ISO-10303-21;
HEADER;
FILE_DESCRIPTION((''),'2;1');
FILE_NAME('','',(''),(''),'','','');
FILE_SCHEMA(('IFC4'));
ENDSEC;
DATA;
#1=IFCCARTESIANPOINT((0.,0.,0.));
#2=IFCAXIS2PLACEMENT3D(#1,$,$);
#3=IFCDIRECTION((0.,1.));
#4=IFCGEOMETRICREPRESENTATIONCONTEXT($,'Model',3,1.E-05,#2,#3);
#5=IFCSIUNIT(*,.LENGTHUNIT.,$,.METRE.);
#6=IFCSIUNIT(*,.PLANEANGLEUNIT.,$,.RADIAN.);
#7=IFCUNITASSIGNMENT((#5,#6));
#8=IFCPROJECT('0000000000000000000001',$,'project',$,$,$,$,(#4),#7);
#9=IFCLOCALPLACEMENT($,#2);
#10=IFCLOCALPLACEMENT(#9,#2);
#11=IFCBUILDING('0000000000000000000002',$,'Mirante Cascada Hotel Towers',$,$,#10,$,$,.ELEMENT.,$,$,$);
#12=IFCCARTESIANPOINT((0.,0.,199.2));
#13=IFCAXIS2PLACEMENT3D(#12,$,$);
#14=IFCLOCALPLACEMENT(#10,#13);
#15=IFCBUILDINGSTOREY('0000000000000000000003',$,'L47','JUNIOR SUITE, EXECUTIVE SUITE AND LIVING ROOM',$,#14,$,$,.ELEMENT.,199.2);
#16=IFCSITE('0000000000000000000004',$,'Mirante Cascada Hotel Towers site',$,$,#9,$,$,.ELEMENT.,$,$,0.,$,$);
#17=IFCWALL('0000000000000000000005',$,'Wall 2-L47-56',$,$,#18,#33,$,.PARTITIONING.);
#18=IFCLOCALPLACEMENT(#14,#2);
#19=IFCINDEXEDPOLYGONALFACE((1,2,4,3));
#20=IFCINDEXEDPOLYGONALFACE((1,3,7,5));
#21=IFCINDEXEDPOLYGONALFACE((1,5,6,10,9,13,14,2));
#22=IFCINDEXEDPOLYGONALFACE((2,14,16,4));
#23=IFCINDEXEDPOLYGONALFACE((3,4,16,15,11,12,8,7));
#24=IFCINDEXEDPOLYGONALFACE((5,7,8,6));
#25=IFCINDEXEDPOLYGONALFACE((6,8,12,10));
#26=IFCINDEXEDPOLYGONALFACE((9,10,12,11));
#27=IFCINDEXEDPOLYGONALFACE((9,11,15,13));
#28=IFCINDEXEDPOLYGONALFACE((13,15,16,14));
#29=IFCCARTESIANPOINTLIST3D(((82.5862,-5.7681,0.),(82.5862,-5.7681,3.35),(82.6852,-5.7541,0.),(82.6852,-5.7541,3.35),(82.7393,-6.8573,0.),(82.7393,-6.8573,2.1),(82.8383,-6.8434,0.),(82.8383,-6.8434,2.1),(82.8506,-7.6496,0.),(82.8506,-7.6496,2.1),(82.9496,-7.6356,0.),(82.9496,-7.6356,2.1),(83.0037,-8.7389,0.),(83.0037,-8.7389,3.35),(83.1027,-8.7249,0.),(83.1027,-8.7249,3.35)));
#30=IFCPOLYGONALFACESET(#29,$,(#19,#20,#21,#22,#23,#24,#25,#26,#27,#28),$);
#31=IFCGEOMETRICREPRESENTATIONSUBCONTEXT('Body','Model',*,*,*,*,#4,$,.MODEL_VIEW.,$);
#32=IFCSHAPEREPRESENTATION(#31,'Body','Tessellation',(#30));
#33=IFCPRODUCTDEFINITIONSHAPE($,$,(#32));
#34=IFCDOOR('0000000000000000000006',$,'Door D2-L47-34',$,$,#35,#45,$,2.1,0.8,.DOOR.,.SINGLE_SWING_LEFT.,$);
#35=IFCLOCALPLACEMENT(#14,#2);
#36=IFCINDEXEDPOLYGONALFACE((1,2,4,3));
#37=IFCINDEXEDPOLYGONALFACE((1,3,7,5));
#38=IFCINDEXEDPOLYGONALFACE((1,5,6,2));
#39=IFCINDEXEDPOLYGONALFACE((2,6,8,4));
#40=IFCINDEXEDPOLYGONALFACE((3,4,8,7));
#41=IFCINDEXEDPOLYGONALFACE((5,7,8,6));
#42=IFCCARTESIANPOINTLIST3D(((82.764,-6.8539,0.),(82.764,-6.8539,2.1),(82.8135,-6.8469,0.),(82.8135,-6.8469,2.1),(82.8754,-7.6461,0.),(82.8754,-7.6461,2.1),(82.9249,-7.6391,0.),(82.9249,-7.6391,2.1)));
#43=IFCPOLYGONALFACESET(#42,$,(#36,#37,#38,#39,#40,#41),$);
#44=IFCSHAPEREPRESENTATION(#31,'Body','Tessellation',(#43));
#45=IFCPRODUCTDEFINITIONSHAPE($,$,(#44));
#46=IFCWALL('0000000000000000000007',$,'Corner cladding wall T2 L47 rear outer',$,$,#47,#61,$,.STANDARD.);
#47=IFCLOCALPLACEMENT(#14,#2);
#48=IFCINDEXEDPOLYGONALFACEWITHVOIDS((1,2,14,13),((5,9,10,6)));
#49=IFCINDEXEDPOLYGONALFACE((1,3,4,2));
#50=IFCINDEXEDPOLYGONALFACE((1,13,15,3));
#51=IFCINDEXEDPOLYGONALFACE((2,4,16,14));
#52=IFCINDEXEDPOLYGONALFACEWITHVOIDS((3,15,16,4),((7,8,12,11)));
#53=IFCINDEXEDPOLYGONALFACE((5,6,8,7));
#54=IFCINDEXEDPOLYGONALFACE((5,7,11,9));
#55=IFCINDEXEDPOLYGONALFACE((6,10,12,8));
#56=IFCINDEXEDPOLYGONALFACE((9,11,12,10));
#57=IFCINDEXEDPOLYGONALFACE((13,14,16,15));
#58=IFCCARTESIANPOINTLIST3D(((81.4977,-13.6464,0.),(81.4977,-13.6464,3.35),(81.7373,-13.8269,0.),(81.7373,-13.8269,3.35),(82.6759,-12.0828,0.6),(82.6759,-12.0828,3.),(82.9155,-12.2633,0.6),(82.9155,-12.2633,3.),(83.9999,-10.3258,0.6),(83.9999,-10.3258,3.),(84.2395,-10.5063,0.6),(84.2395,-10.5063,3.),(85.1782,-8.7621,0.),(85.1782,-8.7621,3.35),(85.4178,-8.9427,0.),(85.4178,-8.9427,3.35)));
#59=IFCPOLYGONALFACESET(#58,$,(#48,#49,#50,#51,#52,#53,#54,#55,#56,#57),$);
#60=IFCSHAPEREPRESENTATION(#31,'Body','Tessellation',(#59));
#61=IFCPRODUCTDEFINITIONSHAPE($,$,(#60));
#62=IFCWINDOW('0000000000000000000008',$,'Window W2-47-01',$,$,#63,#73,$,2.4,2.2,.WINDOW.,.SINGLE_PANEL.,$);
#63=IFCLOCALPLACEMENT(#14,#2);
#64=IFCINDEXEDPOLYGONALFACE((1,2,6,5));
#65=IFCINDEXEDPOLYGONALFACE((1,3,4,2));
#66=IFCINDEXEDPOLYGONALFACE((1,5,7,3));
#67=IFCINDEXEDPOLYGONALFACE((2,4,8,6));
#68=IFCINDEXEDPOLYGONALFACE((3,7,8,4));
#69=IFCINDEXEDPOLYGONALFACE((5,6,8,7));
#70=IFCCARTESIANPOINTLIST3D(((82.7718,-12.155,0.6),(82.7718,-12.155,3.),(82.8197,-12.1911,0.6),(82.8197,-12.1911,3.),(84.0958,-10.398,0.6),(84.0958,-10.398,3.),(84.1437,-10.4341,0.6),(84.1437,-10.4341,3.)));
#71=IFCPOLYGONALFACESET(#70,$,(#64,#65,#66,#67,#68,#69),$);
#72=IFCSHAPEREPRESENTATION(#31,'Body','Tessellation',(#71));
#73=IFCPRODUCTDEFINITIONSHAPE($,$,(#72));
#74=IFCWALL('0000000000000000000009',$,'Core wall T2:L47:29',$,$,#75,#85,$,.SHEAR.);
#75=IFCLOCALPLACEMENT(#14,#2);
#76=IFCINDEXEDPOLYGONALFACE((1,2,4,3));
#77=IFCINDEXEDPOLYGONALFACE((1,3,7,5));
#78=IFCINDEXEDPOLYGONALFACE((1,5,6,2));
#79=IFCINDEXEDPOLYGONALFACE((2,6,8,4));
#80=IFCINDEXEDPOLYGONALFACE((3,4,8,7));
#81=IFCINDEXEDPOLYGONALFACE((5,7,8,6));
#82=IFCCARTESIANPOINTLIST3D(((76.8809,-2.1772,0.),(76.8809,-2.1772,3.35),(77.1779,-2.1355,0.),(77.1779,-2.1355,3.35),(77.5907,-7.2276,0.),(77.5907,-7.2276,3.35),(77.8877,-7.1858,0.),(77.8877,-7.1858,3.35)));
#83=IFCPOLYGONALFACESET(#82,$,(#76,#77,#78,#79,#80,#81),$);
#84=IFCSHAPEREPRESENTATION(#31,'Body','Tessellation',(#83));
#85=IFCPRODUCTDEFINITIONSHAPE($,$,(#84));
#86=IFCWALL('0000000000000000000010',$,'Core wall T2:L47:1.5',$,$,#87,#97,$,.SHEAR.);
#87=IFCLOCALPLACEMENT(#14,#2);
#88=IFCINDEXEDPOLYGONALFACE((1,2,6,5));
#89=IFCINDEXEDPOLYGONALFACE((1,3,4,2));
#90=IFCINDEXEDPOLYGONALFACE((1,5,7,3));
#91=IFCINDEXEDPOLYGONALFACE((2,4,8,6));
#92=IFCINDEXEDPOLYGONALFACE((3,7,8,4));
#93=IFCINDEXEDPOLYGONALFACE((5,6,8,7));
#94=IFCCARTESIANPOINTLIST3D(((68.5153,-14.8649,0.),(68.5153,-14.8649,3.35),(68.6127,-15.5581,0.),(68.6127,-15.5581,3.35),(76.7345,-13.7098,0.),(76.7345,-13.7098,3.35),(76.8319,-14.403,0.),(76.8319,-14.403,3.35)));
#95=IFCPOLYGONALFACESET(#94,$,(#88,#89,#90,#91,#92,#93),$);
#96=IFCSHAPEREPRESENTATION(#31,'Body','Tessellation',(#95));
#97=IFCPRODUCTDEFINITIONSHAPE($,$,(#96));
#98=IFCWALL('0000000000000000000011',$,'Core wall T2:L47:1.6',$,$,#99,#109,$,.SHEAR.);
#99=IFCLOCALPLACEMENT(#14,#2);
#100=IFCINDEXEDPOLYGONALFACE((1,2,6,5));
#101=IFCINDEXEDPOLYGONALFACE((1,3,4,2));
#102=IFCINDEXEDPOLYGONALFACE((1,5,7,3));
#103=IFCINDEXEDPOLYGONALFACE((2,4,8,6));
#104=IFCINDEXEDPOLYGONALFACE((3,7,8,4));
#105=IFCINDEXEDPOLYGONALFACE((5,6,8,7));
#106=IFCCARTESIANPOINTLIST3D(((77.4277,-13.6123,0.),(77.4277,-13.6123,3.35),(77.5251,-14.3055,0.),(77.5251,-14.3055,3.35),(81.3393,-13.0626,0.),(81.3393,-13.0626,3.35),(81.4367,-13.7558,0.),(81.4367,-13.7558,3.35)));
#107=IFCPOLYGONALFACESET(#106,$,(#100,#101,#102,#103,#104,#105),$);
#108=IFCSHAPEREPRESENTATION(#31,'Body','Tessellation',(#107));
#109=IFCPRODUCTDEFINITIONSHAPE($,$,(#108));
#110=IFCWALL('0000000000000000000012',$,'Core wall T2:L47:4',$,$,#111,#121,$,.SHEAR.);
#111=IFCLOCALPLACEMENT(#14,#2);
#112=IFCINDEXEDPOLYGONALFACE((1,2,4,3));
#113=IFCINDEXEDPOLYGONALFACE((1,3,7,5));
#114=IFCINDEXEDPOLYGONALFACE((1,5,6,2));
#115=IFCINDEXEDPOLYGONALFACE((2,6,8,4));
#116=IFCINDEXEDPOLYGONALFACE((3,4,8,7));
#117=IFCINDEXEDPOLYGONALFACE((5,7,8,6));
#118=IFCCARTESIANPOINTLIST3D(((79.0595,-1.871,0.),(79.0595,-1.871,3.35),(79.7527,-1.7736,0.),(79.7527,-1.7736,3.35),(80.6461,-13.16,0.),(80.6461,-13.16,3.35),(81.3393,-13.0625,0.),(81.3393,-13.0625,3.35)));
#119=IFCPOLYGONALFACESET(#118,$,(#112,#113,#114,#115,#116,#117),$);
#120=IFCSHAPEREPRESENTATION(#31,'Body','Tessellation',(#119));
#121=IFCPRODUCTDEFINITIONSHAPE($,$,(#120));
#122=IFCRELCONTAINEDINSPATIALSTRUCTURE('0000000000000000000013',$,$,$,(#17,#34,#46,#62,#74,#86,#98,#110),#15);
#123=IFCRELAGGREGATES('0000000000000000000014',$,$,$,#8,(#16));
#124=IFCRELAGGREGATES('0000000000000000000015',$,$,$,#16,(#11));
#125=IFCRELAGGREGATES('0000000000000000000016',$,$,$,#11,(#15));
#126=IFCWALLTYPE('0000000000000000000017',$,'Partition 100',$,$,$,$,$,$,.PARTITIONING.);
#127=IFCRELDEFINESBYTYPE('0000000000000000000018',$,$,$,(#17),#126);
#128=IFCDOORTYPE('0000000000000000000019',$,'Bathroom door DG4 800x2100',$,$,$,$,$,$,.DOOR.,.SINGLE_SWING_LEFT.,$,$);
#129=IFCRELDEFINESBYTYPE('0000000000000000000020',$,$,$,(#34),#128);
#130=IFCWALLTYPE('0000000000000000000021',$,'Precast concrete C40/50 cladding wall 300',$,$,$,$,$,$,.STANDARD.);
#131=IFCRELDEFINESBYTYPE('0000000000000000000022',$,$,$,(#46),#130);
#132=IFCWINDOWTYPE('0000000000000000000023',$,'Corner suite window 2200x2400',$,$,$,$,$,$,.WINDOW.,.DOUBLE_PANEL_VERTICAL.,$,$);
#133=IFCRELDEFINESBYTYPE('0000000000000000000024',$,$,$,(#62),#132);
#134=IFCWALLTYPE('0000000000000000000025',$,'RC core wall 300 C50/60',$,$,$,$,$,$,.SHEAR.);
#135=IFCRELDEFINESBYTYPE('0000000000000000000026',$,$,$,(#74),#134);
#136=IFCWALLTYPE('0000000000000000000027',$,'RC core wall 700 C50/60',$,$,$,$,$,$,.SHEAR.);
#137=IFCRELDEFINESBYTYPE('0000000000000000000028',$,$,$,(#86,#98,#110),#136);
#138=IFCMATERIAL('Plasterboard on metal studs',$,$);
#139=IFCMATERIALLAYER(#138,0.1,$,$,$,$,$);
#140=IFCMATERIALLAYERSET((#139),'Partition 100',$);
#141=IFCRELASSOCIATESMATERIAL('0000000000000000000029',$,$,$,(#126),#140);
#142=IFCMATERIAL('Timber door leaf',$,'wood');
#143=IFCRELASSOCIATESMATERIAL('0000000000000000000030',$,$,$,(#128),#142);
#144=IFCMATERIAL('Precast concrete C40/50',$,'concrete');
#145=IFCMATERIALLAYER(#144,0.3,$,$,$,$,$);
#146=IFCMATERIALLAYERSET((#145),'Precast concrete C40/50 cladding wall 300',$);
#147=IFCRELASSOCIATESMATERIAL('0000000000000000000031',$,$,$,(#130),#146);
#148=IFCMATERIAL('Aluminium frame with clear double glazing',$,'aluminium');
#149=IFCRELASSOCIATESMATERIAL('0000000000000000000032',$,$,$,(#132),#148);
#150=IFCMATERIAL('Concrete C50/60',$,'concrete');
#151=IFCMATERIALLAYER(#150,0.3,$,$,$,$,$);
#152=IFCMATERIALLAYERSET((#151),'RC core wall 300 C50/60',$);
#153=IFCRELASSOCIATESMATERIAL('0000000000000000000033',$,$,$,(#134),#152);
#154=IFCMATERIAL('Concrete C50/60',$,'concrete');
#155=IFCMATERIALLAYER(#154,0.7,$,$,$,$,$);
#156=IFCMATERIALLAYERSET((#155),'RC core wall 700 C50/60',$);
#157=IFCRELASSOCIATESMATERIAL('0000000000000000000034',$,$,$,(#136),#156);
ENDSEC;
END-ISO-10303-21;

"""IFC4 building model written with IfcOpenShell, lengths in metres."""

from ifc_helpers import new_model, si_unit, direction, frame, frame_2d, origin, place, context, subcontext, project, spatial, rectangle, extrude, material, layer, layer_set, type_object, element, fill, save


model = new_model("IFC4")

# Units and contexts
model_context = context("Model", 3, precision=1e-05, world=origin(), true_north=direction((0.0, 1.0)))
body_context = subcontext(model_context, "Body", "Model", "MODEL_VIEW")
ifc_project = project(units=[si_unit("LENGTHUNIT", "METRE"), si_unit("PLANEANGLEUNIT", "RADIAN")], contexts=[model_context])

# Site, building, storey
site_placement = place(None, origin())
site = spatial("IfcSite", under=ifc_project, at=site_placement, Name="Mirante Cascada Hotel Towers site", CompositionType="ELEMENT", RefElevation=0.0)
building_placement = place(site_placement, origin())
building = spatial("IfcBuilding", under=site, at=building_placement, Name="Mirante Cascada Hotel Towers", CompositionType="ELEMENT")
storey_placement = place(building_placement, frame((0.0, 0.0, 199.2)))
storey = spatial("IfcBuildingStorey", under=building, at=storey_placement, Name="L47", Description="JUNIOR SUITE, EXECUTIVE SUITE AND LIVING ROOM", CompositionType="ELEMENT", Elevation=199.2)

# Shared definitions
ifc_material_1 = material(Name="Plasterboard on metal studs")
ifc_layer_1 = layer(ifc_material_1, 0.1)
ifc_layer_set_1 = layer_set([ifc_layer_1], Name="Partition 100")
wall_type_1 = type_object("IfcWallType", Name="Partition 100", PredefinedType="PARTITIONING", material=ifc_layer_set_1)

# Wall, opening, door
ifc_material_2 = material(Name="Timber door leaf", Category="wood")
door_type_1 = type_object("IfcDoorType", Name="Bathroom door DG4 800x2100", OperationType="SINGLE_SWING_LEFT", PredefinedType="DOOR", material=ifc_material_2)
wall_1_placement = place(storey_placement, frame((83.0532, -8.7319, 0.0), z_axis=(0.0, 0.0, 1.0), x_axis=(-0.139167, 0.990269, 0.0)))
wall_1 = element("IfcWall", 1, at=wall_1_placement, inside=storey, type_object=wall_type_1, Name="Wall 2-L47-56", PredefinedType="PARTITIONING", context=body_context, shape_type="SweptSolid", body=[
    extrude(rectangle(XDim=3.0, YDim=0.1, at=frame_2d((1.5, 0.0))), origin(), (0.0, 0.0, 1.0), 3.35),
])
opening_1_placement = place(wall_1_placement, frame((1.1, 0.0, 0.0)))
opening_1 = element("IfcOpeningElement", 2, at=opening_1_placement, cuts=wall_1, PredefinedType="OPENING", context=body_context, shape_type="SweptSolid", body=[
    extrude(rectangle(XDim=0.8, YDim=2.1, at=frame_2d((0.4, 1.05))), frame((0.0, 0.05, 0.0), z_axis=(0.0, -1.0, 0.0), x_axis=(1.0, 0.0, 0.0)), (0.0, 0.0, 1.0), 0.1),
])
door_1_placement = place(opening_1_placement, origin())
door_1 = element("IfcDoor", 3, at=door_1_placement, inside=storey, type_object=door_type_1, Name="Door D2-L47-34", OperationType="SINGLE_SWING_LEFT", OverallHeight=2.1, OverallWidth=0.8, PredefinedType="DOOR", context=body_context, shape_type="SweptSolid", body=[
    extrude(rectangle(XDim=0.8, YDim=2.1, at=frame_2d((0.4, 1.05))), frame((0.0, 0.025, 0.0), z_axis=(0.0, -1.0, 0.0), x_axis=(1.0, 0.0, 0.0)), (0.0, 0.0, 1.0), 0.05),
])
fill(opening_1, door_1)

# Wall, opening, window
ifc_material_3 = material(Name="Precast concrete C40/50", Category="concrete")
ifc_layer_2 = layer(ifc_material_3, 0.3)
ifc_layer_set_2 = layer_set([ifc_layer_2], Name="Precast concrete C40/50 cladding wall 300")
wall_type_2 = type_object("IfcWallType", Name="Precast concrete C40/50 cladding wall 300", PredefinedType="STANDARD", material=ifc_layer_set_2)
wall_2_placement = place(storey_placement, frame((81.6175, -13.7366, 0.0), z_axis=(0.0, 0.0, 1.0), x_axis=(0.601814, 0.798636, 0.0)))
wall_2 = element("IfcWall", 4, at=wall_2_placement, inside=storey, type_object=wall_type_2, Name="Corner cladding wall T2 L47 rear outer", PredefinedType="STANDARD", context=body_context, shape_type="SweptSolid", body=[
    extrude(rectangle(XDim=6.1157, YDim=0.3, at=frame_2d((3.0578, 0.0))), origin(), (0.0, 0.0, 1.0), 3.35),
])
opening_2_placement = place(wall_2_placement, frame((1.9578, 0.0, 0.6)))
opening_2 = element("IfcOpeningElement", 5, at=opening_2_placement, cuts=wall_2, PredefinedType="OPENING", context=body_context, shape_type="SweptSolid", body=[
    extrude(rectangle(XDim=2.2, YDim=2.4, at=frame_2d((1.1, 1.2))), frame((0.0, 0.15, 0.0), z_axis=(0.0, -1.0, 0.0), x_axis=(1.0, 0.0, 0.0)), (0.0, 0.0, 1.0), 0.3),
])
ifc_material_4 = material(Name="Aluminium frame with clear double glazing", Category="aluminium")
window_type = type_object("IfcWindowType", Name="Corner suite window 2200x2400", PartitioningType="DOUBLE_PANEL_VERTICAL", PredefinedType="WINDOW", material=ifc_material_4)
window_placement = place(opening_2_placement, origin())
window = element("IfcWindow", 6, at=window_placement, inside=storey, type_object=window_type, Name="Window W2-47-01", OverallHeight=2.4, OverallWidth=2.2, PartitioningType="SINGLE_PANEL", PredefinedType="WINDOW", context=body_context, shape_type="SweptSolid", body=[
    extrude(rectangle(XDim=2.2, YDim=2.4, at=frame_2d((1.1, 1.2))), frame((0.0, 0.03, 0.0), z_axis=(0.0, -1.0, 0.0), x_axis=(1.0, 0.0, 0.0)), (0.0, 0.0, 1.0), 0.06),
])
fill(opening_2, window)

# Walls
ifc_material_5 = material(Name="Concrete C50/60", Category="concrete")
ifc_layer_3 = layer(ifc_material_5, 0.3)
ifc_layer_set_3 = layer_set([ifc_layer_3], Name="RC core wall 300 C50/60")
wall_type_3 = type_object("IfcWallType", Name="RC core wall 300 C50/60", PredefinedType="SHEAR", material=ifc_layer_set_3)
wall_3_placement = place(storey_placement, frame((77.7392, -7.2067, 0.0), z_axis=(0.0, 0.0, 1.0), x_axis=(-0.139176, 0.990268, 0.0)))
element("IfcWall", 7, at=wall_3_placement, inside=storey, type_object=wall_type_3, Name="Core wall T2:L47:29", PredefinedType="SHEAR", context=body_context, shape_type="SweptSolid", body=[
    extrude(rectangle(XDim=5.1, YDim=0.3, at=frame_2d((2.55, 0.0))), origin(), (0.0, 0.0, 1.0), 3.35),
])
ifc_material_6 = material(Name="Concrete C50/60", Category="concrete")
ifc_layer_4 = layer(ifc_material_6, 0.7)
ifc_layer_set_4 = layer_set([ifc_layer_4], Name="RC core wall 700 C50/60")
wall_type_4 = type_object("IfcWallType", Name="RC core wall 700 C50/60", PredefinedType="SHEAR", material=ifc_layer_set_4)
wall_4_placement = place(storey_placement, frame((68.564, -15.2115, 0.0), z_axis=(0.0, 0.0, 1.0), x_axis=(0.990269, 0.139169, 0.0)))
element("IfcWall", 8, at=wall_4_placement, inside=storey, type_object=wall_type_4, Name="Core wall T2:L47:1.5", PredefinedType="SHEAR", context=body_context, shape_type="SweptSolid", body=[
    extrude(rectangle(XDim=8.3, YDim=0.7, at=frame_2d((4.15, 0.0))), origin(), (0.0, 0.0, 1.0), 3.35),
])
wall_5_placement = place(storey_placement, frame((77.4764, -13.9589, 0.0), z_axis=(0.0, 0.0, 1.0), x_axis=(0.990269, 0.139163, 0.0)))
element("IfcWall", 9, at=wall_5_placement, inside=storey, type_object=wall_type_4, Name="Core wall T2:L47:1.6", PredefinedType="SHEAR", context=body_context, shape_type="SweptSolid", body=[
    extrude(rectangle(XDim=3.95, YDim=0.7, at=frame_2d((1.975, 0.0))), origin(), (0.0, 0.0, 1.0), 3.35),
])
wall_6_placement = place(storey_placement, frame((80.9927, -13.1113, 0.0), z_axis=(0.0, 0.0, 1.0), x_axis=(-0.139176, 0.990268, 0.0)))
element("IfcWall", 10, at=wall_6_placement, inside=storey, type_object=wall_type_4, Name="Core wall T2:L47:4", PredefinedType="SHEAR", context=body_context, shape_type="SweptSolid", body=[
    extrude(rectangle(XDim=11.3999, YDim=0.7, at=frame_2d((5.7, 0.0))), origin(), (0.0, 0.0, 1.0), 3.35),
])

save(model, "model.ifc")
